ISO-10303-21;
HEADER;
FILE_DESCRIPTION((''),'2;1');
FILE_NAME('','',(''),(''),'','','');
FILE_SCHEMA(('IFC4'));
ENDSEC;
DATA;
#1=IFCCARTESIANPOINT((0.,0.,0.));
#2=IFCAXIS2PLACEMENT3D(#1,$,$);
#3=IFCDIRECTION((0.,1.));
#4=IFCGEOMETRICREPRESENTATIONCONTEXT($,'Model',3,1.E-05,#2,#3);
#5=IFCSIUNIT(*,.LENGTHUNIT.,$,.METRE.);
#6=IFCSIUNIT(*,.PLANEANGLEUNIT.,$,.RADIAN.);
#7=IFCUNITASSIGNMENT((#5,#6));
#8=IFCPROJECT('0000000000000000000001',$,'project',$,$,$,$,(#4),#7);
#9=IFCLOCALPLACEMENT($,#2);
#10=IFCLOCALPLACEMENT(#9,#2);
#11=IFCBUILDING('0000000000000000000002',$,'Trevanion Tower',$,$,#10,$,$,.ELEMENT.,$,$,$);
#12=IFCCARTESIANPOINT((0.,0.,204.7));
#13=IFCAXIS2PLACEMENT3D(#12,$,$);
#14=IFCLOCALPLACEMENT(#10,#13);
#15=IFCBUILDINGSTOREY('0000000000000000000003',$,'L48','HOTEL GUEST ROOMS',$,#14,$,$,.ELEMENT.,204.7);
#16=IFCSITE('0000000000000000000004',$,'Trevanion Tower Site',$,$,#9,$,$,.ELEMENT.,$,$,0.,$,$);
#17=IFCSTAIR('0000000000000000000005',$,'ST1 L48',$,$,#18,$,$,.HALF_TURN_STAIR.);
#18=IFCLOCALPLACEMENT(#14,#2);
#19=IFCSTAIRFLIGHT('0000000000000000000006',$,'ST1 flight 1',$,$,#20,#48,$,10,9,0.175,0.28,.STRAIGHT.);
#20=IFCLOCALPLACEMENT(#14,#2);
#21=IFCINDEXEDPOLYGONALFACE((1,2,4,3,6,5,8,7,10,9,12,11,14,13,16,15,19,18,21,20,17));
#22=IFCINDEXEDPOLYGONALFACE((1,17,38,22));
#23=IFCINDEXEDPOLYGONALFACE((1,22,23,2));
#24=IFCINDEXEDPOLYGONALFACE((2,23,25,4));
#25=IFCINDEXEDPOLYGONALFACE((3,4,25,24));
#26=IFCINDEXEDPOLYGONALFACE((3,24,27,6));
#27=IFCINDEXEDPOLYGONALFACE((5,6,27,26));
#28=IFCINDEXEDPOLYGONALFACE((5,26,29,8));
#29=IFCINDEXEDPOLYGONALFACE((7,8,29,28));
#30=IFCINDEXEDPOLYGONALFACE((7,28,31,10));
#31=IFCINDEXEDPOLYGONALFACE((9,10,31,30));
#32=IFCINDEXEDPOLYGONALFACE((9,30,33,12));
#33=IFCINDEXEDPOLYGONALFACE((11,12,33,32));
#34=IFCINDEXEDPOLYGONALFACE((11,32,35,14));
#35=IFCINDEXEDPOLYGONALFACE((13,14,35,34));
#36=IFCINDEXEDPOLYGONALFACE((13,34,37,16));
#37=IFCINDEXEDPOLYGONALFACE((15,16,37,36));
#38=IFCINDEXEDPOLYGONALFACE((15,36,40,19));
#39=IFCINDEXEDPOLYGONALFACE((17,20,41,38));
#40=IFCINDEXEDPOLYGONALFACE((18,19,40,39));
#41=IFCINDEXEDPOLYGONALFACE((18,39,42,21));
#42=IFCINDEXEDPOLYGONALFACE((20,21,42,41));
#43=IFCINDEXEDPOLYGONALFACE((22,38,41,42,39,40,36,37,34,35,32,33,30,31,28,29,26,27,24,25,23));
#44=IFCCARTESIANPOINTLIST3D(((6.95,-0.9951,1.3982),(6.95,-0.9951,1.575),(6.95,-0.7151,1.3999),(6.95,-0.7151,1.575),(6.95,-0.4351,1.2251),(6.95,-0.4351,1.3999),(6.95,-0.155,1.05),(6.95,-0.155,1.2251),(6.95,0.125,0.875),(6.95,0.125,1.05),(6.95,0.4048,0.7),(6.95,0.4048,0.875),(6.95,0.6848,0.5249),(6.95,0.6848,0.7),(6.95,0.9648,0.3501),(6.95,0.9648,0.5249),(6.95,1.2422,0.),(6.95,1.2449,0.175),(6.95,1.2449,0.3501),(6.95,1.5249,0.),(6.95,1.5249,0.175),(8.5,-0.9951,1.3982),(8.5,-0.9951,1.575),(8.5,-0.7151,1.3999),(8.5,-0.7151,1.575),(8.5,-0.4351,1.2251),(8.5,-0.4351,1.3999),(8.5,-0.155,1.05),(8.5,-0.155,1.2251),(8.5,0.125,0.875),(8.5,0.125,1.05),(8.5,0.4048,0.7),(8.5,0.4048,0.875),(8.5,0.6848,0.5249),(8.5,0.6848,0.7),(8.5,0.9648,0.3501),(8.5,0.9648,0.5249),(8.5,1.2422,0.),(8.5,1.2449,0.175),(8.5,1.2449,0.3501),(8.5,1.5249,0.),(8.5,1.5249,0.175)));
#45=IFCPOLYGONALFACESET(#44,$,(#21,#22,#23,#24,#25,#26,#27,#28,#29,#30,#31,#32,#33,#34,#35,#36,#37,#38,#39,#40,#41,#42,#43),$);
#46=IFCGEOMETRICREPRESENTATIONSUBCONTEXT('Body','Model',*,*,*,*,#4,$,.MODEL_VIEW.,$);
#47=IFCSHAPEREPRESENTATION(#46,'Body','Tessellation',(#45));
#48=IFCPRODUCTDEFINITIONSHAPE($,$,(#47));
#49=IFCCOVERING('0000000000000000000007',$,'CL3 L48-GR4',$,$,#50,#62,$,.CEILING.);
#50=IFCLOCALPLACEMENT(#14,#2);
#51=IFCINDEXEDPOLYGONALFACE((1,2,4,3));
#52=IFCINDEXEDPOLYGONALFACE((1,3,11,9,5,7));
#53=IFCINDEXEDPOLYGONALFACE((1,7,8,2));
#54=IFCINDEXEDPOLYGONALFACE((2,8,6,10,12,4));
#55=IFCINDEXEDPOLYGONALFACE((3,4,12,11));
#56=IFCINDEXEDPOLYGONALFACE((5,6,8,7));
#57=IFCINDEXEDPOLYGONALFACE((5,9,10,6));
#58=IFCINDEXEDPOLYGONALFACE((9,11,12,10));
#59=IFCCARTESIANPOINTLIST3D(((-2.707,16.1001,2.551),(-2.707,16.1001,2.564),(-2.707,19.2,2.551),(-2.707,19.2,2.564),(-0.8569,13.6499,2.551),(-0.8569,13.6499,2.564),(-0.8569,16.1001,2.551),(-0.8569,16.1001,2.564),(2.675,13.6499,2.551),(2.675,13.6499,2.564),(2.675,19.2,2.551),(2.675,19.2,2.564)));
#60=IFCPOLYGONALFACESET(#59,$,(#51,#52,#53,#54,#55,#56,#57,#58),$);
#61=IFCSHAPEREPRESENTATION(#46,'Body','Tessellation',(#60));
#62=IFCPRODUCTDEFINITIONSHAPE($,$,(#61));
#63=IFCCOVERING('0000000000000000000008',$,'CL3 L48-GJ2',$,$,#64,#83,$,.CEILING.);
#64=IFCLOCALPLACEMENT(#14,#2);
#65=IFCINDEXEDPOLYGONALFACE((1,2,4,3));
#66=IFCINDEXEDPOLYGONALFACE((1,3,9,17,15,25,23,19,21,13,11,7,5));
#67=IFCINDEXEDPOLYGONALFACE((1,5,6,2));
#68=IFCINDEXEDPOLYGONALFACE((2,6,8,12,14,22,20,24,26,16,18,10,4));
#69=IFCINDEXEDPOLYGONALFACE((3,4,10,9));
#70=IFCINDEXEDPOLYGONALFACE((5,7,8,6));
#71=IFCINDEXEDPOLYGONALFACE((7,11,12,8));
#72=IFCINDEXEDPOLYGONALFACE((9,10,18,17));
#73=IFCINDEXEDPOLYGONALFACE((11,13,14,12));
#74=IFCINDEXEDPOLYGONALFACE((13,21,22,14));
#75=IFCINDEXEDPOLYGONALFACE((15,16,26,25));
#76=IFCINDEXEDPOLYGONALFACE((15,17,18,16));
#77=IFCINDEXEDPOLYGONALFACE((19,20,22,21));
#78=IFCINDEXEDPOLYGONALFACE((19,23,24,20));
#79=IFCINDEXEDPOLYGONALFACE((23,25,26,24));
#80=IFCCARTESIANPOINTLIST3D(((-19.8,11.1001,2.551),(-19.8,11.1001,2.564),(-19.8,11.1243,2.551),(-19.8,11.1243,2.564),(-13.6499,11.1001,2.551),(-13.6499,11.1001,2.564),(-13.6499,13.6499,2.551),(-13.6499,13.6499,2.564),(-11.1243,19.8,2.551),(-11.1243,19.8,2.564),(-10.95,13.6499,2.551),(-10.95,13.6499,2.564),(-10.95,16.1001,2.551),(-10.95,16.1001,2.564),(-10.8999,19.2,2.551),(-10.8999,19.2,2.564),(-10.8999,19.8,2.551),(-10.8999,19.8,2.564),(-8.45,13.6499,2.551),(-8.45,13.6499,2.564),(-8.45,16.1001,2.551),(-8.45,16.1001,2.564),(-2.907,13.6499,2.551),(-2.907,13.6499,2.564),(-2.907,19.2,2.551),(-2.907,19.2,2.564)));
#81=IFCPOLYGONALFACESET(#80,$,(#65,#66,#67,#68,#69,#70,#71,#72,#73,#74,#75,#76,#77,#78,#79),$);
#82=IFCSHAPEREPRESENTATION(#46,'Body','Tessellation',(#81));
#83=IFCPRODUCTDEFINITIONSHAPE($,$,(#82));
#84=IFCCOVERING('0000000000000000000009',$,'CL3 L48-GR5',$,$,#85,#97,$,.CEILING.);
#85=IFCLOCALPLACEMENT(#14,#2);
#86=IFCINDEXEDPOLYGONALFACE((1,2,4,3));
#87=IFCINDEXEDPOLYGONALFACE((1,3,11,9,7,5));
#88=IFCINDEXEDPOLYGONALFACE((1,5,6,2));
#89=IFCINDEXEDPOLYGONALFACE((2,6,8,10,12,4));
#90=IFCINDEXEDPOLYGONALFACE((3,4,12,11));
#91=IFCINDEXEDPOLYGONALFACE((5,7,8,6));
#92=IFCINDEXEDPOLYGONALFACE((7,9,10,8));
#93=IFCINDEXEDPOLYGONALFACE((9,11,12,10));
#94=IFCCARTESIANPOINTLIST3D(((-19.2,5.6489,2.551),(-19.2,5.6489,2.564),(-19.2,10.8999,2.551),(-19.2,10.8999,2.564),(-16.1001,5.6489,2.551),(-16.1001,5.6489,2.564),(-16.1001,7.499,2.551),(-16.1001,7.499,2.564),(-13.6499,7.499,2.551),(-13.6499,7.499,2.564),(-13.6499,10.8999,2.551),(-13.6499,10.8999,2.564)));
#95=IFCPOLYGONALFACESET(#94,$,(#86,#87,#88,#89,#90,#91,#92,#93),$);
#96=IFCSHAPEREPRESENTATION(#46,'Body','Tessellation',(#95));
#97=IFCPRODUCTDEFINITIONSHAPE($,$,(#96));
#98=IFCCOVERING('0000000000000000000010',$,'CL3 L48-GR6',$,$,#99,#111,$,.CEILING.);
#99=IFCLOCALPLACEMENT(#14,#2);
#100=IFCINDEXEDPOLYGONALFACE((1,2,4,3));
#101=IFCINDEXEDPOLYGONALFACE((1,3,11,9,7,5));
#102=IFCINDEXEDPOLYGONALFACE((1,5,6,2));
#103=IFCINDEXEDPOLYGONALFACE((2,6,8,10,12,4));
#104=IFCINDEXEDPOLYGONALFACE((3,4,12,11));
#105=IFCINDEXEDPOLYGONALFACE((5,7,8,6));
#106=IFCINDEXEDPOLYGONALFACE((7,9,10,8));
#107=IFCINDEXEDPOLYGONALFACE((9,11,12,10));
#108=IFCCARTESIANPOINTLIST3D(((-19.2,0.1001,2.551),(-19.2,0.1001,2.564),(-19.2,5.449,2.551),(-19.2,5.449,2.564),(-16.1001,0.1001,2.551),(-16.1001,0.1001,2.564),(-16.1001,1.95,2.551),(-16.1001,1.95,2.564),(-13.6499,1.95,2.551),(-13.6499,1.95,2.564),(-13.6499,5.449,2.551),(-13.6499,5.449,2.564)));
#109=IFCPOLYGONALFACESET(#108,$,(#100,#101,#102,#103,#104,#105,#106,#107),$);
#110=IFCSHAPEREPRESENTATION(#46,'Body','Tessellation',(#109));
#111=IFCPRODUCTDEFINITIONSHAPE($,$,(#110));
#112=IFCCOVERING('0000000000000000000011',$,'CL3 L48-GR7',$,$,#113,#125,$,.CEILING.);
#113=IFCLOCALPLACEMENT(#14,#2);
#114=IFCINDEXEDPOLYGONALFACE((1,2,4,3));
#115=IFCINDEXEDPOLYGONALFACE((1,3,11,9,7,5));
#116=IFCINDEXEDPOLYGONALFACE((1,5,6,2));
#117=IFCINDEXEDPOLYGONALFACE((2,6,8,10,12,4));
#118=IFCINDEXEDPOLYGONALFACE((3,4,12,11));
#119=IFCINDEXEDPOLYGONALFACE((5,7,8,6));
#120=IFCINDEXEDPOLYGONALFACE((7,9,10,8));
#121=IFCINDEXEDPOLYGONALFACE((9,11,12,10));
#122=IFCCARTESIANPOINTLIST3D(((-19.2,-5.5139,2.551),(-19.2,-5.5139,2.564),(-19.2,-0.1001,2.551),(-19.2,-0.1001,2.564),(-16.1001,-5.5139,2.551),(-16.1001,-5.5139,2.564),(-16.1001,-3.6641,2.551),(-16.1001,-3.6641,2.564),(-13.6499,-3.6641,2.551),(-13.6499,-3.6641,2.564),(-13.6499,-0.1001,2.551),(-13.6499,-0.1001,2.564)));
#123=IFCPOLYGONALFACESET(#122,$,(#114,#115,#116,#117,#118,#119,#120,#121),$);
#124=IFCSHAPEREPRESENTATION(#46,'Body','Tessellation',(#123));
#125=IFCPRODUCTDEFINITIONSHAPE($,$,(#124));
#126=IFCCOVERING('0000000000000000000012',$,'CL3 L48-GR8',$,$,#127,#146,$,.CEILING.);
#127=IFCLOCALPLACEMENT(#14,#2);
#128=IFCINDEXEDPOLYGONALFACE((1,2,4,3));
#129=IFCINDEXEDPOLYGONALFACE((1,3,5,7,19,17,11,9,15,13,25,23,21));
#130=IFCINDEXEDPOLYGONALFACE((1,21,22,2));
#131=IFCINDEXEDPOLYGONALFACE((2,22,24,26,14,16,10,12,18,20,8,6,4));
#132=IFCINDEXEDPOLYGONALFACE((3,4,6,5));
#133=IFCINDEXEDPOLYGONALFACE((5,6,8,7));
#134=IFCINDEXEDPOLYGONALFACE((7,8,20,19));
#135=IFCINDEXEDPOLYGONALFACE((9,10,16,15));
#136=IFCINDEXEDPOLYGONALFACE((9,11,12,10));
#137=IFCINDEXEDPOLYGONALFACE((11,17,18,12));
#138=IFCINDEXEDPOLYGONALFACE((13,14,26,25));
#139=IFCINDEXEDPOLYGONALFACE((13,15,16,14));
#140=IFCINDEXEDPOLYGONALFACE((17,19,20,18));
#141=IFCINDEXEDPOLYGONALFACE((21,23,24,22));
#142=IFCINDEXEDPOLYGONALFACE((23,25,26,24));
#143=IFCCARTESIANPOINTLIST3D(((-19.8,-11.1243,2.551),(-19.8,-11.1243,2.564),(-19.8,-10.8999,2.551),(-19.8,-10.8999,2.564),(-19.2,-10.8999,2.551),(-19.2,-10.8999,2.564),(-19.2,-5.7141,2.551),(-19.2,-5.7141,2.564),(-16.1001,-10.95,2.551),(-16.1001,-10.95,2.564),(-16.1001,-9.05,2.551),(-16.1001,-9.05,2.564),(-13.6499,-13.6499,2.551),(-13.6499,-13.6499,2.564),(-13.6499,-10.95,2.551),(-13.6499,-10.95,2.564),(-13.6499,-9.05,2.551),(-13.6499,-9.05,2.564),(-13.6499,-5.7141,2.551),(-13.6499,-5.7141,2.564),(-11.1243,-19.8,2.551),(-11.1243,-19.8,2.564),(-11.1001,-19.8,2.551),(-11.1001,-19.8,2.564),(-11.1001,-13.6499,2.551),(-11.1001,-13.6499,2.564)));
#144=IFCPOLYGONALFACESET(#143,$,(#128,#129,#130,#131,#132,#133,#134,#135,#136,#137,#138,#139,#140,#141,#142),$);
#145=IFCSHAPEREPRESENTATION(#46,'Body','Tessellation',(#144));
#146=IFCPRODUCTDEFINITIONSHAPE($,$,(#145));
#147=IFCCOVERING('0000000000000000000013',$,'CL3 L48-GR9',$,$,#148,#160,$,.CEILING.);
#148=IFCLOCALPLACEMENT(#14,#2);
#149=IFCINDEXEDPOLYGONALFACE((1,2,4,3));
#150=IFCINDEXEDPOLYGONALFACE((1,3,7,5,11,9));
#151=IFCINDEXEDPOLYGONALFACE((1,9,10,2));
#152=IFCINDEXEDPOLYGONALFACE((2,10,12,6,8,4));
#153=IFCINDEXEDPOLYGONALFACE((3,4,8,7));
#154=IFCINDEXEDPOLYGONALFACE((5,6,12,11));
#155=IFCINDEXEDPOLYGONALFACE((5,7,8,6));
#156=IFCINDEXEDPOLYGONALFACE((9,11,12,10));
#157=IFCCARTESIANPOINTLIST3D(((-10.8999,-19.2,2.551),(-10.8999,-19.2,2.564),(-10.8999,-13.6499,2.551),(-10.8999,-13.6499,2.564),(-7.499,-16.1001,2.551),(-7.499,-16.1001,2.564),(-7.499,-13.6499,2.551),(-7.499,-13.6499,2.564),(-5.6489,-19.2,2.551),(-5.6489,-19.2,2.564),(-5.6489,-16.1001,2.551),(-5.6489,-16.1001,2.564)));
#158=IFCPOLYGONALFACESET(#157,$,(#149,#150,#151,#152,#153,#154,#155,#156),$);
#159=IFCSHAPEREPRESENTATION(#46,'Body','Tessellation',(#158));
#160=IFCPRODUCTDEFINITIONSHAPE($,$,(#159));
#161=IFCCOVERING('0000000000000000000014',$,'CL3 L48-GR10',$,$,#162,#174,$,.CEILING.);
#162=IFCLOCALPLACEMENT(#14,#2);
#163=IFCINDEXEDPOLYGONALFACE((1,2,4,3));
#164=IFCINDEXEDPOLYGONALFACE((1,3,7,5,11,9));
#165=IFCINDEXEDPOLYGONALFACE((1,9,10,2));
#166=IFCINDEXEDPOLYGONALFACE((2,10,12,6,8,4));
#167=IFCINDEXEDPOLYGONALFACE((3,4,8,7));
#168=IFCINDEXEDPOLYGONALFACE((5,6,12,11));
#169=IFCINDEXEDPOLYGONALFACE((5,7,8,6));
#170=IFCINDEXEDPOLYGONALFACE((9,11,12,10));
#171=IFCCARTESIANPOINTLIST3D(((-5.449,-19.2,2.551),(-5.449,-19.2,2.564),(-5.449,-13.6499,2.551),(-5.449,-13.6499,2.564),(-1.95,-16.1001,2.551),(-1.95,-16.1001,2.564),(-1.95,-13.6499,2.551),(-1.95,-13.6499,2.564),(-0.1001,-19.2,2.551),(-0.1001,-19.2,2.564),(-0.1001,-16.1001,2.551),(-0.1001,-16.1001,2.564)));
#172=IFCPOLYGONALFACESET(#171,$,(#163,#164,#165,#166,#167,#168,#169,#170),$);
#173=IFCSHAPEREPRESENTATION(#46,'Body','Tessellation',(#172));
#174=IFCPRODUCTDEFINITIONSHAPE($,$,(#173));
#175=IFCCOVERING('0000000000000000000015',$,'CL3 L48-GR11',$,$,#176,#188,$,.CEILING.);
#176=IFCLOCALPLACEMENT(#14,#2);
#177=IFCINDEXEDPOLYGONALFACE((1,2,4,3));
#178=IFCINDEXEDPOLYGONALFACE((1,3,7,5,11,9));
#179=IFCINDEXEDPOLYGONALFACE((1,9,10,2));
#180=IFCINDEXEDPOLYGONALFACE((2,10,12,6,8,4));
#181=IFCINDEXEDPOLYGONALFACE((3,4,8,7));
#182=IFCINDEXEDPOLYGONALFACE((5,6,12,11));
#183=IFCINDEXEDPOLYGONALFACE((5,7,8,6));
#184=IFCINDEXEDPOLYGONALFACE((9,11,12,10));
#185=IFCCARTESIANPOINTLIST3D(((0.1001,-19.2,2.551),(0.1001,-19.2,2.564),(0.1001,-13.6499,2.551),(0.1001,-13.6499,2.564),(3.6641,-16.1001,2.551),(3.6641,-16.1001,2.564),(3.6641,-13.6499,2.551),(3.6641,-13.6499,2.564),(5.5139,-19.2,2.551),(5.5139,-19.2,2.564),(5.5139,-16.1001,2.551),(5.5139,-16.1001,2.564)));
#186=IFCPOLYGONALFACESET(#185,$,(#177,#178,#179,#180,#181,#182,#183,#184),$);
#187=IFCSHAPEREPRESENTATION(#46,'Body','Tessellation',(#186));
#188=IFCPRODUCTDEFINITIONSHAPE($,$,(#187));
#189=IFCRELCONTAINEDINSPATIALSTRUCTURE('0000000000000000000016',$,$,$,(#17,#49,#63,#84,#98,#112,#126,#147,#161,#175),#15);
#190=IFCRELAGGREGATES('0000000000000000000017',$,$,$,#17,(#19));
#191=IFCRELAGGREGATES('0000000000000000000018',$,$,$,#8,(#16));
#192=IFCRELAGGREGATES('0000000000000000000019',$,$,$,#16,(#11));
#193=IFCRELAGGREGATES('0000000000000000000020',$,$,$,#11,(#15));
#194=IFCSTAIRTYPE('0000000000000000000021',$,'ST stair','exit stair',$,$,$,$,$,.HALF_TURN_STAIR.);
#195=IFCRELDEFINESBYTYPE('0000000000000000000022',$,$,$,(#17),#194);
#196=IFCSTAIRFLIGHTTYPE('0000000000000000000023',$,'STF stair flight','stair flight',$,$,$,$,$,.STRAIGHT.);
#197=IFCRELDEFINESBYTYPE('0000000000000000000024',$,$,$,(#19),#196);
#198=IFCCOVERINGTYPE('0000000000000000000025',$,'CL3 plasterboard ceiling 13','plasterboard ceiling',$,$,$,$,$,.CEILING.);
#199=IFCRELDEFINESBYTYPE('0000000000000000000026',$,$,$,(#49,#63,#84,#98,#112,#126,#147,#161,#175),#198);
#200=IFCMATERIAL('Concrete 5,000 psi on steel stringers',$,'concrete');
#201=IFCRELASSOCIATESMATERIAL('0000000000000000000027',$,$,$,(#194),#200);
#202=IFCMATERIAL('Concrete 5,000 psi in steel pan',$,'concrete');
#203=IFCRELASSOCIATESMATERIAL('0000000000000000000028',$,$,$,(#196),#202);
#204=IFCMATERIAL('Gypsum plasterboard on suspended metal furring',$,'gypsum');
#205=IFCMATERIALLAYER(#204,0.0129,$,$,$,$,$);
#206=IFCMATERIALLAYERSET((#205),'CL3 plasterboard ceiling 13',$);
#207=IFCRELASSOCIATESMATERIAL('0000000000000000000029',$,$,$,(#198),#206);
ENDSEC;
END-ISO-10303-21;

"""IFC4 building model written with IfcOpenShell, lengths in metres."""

from ifc_helpers import new_model, si_unit, direction, frame, origin, place, context, subcontext, project, spatial, polyline, outline, extrude, material, layer, layer_set, type_object, element, aggregate, save


model = new_model("IFC4")

# Units and contexts
model_context = context("Model", 3, precision=1e-05, world=origin(), true_north=direction((0.0, 1.0)))
body_context = subcontext(model_context, "Body", "Model", "MODEL_VIEW")
ifc_project = project(units=[si_unit("LENGTHUNIT", "METRE"), si_unit("PLANEANGLEUNIT", "RADIAN")], contexts=[model_context])

# Site, building, storey
site_placement = place(None, origin())
site = spatial("IfcSite", under=ifc_project, at=site_placement, Name="Trevanion Tower Site", CompositionType="ELEMENT", RefElevation=0.0)
building_placement = place(site_placement, origin())
building = spatial("IfcBuilding", under=site, at=building_placement, Name="Trevanion Tower", CompositionType="ELEMENT")
storey_placement = place(building_placement, frame((0.0, 0.0, 204.7)))
storey = spatial("IfcBuildingStorey", under=building, at=storey_placement, Name="L48", Description="HOTEL GUEST ROOMS", CompositionType="ELEMENT", Elevation=204.7)

# Stair, stair flight
ifc_material_1 = material(Name="Concrete 5,000 psi on steel stringers", Category="concrete")
stair_type = type_object("IfcStairType", Name="ST stair", Description="exit stair", PredefinedType="HALF_TURN_STAIR", material=ifc_material_1)
stair_placement = place(storey_placement, origin())
stair = element("IfcStair", 1, at=stair_placement, inside=storey, type_object=stair_type, Name="ST1 L48", PredefinedType="HALF_TURN_STAIR")
ifc_material_2 = material(Name="Concrete 5,000 psi in steel pan", Category="concrete")
stair_flight_type = type_object("IfcStairFlightType", Name="STF stair flight", Description="stair flight", PredefinedType="STRAIGHT", material=ifc_material_2)
stair_flight_placement = place(storey_placement, frame((7.7251, 1.5249, 0.0), z_axis=(0.0, 0.0, 1.0), x_axis=(0.0, -1.0, 0.0)))
stair_flight = element("IfcStairFlight", 2, at=stair_flight_placement, type_object=stair_flight_type, Name="ST1 flight 1", NumberOfRisers=10, NumberOfTreads=9, PredefinedType="STRAIGHT", RiserHeight=0.175, TreadLength=0.28, context=body_context, shape_type="SweptSolid", body=[
    extrude(outline(polyline([(0.0, 0.0), (0.0, 0.175), (0.28, 0.175), (0.28, 0.3501), (0.5601, 0.3501), (0.5601, 0.5249), (0.8401, 0.5249), (0.8401, 0.7), (1.1201, 0.7), (1.1201, 0.875), (1.3999, 0.875), (1.3999, 1.05), (1.6799, 1.05), (1.6799, 1.2251), (1.96, 1.2251), (1.96, 1.3999), (2.24, 1.3999), (2.24, 1.575), (2.52, 1.575), (2.52, 1.75), (2.52, 1.3982), (0.2827, 0.0), (0.0, 0.0)])), frame((0.0, 0.7749, 0.0), z_axis=(0.0, -1.0, 0.0), x_axis=(1.0, 0.0, 0.0)), (0.0, 0.0, 1.0), 1.55),
])
aggregate(stair, [stair_flight])

# Coverings
ifc_material_3 = material(Name="Gypsum plasterboard on suspended metal furring", Category="gypsum")
ifc_layer_1 = layer(ifc_material_3, 0.0129)
ifc_layer_set_1 = layer_set([ifc_layer_1], Name="CL3 plasterboard ceiling 13")
covering_type_1 = type_object("IfcCoveringType", Name="CL3 plasterboard ceiling 13", Description="plasterboard ceiling", PredefinedType="CEILING", material=ifc_layer_set_1)
covering_1_placement = place(storey_placement, frame((0.0, 0.0, 2.551)))
element("IfcCovering", 3, at=covering_1_placement, inside=storey, type_object=covering_type_1, Name="CL3 L48-GR4", PredefinedType="CEILING", context=body_context, shape_type="SweptSolid", body=[
    extrude(outline(polyline([(-0.8569, 13.6499), (-0.8569, 16.1001), (-2.707, 16.1001), (-2.707, 19.2), (2.675, 19.2), (2.675, 13.6499), (-0.8569, 13.6499)])), origin(), (0.0, 0.0, 1.0), 0.0129),
])
covering_2_placement = place(storey_placement, frame((0.0, 0.0, 2.551)))
element("IfcCovering", 4, at=covering_2_placement, inside=storey, type_object=covering_type_1, Name="CL3 L48-GJ2", PredefinedType="CEILING", context=body_context, shape_type="SweptSolid", body=[
    extrude(outline(polyline([(-13.6499, 11.1001), (-19.8, 11.1001), (-19.8, 11.1243), (-11.1243, 19.8), (-10.8999, 19.8), (-10.8999, 19.2), (-2.907, 19.2), (-2.907, 13.6499), (-8.45, 13.6499), (-8.45, 16.1001), (-10.95, 16.1001), (-10.95, 13.6499), (-13.6499, 13.6499), (-13.6499, 11.1001)])), origin(), (0.0, 0.0, 1.0), 0.0129),
])
covering_3_placement = place(storey_placement, frame((0.0, 0.0, 2.551)))
element("IfcCovering", 5, at=covering_3_placement, inside=storey, type_object=covering_type_1, Name="CL3 L48-GR5", PredefinedType="CEILING", context=body_context, shape_type="SweptSolid", body=[
    extrude(outline(polyline([(-13.6499, 7.499), (-16.1001, 7.499), (-16.1001, 5.6489), (-19.2, 5.6489), (-19.2, 10.8999), (-13.6499, 10.8999), (-13.6499, 7.499)])), origin(), (0.0, 0.0, 1.0), 0.0129),
])
covering_4_placement = place(storey_placement, frame((0.0, 0.0, 2.551)))
element("IfcCovering", 6, at=covering_4_placement, inside=storey, type_object=covering_type_1, Name="CL3 L48-GR6", PredefinedType="CEILING", context=body_context, shape_type="SweptSolid", body=[
    extrude(outline(polyline([(-13.6499, 1.95), (-16.1001, 1.95), (-16.1001, 0.1001), (-19.2, 0.1001), (-19.2, 5.449), (-13.6499, 5.449), (-13.6499, 1.95)])), origin(), (0.0, 0.0, 1.0), 0.0129),
])
covering_5_placement = place(storey_placement, frame((0.0, 0.0, 2.551)))
element("IfcCovering", 7, at=covering_5_placement, inside=storey, type_object=covering_type_1, Name="CL3 L48-GR7", PredefinedType="CEILING", context=body_context, shape_type="SweptSolid", body=[
    extrude(outline(polyline([(-13.6499, -3.6641), (-16.1001, -3.6641), (-16.1001, -5.5139), (-19.2, -5.5139), (-19.2, -0.1001), (-13.6499, -0.1001), (-13.6499, -3.6641)])), origin(), (0.0, 0.0, 1.0), 0.0129),
])
covering_6_placement = place(storey_placement, frame((0.0, 0.0, 2.551)))
element("IfcCovering", 8, at=covering_6_placement, inside=storey, type_object=covering_type_1, Name="CL3 L48-GR8", PredefinedType="CEILING", context=body_context, shape_type="SweptSolid", body=[
    extrude(outline(polyline([(-11.1001, -13.6499), (-11.1001, -19.8), (-11.1243, -19.8), (-19.8, -11.1243), (-19.8, -10.8999), (-19.2, -10.8999), (-19.2, -5.7141), (-13.6499, -5.7141), (-13.6499, -9.05), (-16.1001, -9.05), (-16.1001, -10.95), (-13.6499, -10.95), (-13.6499, -13.6499), (-11.1001, -13.6499)])), origin(), (0.0, 0.0, 1.0), 0.0129),
])
covering_7_placement = place(storey_placement, frame((0.0, 0.0, 2.551)))
element("IfcCovering", 9, at=covering_7_placement, inside=storey, type_object=covering_type_1, Name="CL3 L48-GR9", PredefinedType="CEILING", context=body_context, shape_type="SweptSolid", body=[
    extrude(outline(polyline([(-7.499, -13.6499), (-7.499, -16.1001), (-5.6489, -16.1001), (-5.6489, -19.2), (-10.8999, -19.2), (-10.8999, -13.6499), (-7.499, -13.6499)])), origin(), (0.0, 0.0, 1.0), 0.0129),
])
covering_8_placement = place(storey_placement, frame((0.0, 0.0, 2.551)))
element("IfcCovering", 10, at=covering_8_placement, inside=storey, type_object=covering_type_1, Name="CL3 L48-GR10", PredefinedType="CEILING", context=body_context, shape_type="SweptSolid", body=[
    extrude(outline(polyline([(-1.95, -13.6499), (-1.95, -16.1001), (-0.1001, -16.1001), (-0.1001, -19.2), (-5.449, -19.2), (-5.449, -13.6499), (-1.95, -13.6499)])), origin(), (0.0, 0.0, 1.0), 0.0129),
])
covering_9_placement = place(storey_placement, frame((0.0, 0.0, 2.551)))
element("IfcCovering", 11, at=covering_9_placement, inside=storey, type_object=covering_type_1, Name="CL3 L48-GR11", PredefinedType="CEILING", context=body_context, shape_type="SweptSolid", body=[
    extrude(outline(polyline([(3.6641, -13.6499), (3.6641, -16.1001), (5.5139, -16.1001), (5.5139, -19.2), (0.1001, -19.2), (0.1001, -13.6499), (3.6641, -13.6499)])), origin(), (0.0, 0.0, 1.0), 0.0129),
])

save(model, "model.ifc")
